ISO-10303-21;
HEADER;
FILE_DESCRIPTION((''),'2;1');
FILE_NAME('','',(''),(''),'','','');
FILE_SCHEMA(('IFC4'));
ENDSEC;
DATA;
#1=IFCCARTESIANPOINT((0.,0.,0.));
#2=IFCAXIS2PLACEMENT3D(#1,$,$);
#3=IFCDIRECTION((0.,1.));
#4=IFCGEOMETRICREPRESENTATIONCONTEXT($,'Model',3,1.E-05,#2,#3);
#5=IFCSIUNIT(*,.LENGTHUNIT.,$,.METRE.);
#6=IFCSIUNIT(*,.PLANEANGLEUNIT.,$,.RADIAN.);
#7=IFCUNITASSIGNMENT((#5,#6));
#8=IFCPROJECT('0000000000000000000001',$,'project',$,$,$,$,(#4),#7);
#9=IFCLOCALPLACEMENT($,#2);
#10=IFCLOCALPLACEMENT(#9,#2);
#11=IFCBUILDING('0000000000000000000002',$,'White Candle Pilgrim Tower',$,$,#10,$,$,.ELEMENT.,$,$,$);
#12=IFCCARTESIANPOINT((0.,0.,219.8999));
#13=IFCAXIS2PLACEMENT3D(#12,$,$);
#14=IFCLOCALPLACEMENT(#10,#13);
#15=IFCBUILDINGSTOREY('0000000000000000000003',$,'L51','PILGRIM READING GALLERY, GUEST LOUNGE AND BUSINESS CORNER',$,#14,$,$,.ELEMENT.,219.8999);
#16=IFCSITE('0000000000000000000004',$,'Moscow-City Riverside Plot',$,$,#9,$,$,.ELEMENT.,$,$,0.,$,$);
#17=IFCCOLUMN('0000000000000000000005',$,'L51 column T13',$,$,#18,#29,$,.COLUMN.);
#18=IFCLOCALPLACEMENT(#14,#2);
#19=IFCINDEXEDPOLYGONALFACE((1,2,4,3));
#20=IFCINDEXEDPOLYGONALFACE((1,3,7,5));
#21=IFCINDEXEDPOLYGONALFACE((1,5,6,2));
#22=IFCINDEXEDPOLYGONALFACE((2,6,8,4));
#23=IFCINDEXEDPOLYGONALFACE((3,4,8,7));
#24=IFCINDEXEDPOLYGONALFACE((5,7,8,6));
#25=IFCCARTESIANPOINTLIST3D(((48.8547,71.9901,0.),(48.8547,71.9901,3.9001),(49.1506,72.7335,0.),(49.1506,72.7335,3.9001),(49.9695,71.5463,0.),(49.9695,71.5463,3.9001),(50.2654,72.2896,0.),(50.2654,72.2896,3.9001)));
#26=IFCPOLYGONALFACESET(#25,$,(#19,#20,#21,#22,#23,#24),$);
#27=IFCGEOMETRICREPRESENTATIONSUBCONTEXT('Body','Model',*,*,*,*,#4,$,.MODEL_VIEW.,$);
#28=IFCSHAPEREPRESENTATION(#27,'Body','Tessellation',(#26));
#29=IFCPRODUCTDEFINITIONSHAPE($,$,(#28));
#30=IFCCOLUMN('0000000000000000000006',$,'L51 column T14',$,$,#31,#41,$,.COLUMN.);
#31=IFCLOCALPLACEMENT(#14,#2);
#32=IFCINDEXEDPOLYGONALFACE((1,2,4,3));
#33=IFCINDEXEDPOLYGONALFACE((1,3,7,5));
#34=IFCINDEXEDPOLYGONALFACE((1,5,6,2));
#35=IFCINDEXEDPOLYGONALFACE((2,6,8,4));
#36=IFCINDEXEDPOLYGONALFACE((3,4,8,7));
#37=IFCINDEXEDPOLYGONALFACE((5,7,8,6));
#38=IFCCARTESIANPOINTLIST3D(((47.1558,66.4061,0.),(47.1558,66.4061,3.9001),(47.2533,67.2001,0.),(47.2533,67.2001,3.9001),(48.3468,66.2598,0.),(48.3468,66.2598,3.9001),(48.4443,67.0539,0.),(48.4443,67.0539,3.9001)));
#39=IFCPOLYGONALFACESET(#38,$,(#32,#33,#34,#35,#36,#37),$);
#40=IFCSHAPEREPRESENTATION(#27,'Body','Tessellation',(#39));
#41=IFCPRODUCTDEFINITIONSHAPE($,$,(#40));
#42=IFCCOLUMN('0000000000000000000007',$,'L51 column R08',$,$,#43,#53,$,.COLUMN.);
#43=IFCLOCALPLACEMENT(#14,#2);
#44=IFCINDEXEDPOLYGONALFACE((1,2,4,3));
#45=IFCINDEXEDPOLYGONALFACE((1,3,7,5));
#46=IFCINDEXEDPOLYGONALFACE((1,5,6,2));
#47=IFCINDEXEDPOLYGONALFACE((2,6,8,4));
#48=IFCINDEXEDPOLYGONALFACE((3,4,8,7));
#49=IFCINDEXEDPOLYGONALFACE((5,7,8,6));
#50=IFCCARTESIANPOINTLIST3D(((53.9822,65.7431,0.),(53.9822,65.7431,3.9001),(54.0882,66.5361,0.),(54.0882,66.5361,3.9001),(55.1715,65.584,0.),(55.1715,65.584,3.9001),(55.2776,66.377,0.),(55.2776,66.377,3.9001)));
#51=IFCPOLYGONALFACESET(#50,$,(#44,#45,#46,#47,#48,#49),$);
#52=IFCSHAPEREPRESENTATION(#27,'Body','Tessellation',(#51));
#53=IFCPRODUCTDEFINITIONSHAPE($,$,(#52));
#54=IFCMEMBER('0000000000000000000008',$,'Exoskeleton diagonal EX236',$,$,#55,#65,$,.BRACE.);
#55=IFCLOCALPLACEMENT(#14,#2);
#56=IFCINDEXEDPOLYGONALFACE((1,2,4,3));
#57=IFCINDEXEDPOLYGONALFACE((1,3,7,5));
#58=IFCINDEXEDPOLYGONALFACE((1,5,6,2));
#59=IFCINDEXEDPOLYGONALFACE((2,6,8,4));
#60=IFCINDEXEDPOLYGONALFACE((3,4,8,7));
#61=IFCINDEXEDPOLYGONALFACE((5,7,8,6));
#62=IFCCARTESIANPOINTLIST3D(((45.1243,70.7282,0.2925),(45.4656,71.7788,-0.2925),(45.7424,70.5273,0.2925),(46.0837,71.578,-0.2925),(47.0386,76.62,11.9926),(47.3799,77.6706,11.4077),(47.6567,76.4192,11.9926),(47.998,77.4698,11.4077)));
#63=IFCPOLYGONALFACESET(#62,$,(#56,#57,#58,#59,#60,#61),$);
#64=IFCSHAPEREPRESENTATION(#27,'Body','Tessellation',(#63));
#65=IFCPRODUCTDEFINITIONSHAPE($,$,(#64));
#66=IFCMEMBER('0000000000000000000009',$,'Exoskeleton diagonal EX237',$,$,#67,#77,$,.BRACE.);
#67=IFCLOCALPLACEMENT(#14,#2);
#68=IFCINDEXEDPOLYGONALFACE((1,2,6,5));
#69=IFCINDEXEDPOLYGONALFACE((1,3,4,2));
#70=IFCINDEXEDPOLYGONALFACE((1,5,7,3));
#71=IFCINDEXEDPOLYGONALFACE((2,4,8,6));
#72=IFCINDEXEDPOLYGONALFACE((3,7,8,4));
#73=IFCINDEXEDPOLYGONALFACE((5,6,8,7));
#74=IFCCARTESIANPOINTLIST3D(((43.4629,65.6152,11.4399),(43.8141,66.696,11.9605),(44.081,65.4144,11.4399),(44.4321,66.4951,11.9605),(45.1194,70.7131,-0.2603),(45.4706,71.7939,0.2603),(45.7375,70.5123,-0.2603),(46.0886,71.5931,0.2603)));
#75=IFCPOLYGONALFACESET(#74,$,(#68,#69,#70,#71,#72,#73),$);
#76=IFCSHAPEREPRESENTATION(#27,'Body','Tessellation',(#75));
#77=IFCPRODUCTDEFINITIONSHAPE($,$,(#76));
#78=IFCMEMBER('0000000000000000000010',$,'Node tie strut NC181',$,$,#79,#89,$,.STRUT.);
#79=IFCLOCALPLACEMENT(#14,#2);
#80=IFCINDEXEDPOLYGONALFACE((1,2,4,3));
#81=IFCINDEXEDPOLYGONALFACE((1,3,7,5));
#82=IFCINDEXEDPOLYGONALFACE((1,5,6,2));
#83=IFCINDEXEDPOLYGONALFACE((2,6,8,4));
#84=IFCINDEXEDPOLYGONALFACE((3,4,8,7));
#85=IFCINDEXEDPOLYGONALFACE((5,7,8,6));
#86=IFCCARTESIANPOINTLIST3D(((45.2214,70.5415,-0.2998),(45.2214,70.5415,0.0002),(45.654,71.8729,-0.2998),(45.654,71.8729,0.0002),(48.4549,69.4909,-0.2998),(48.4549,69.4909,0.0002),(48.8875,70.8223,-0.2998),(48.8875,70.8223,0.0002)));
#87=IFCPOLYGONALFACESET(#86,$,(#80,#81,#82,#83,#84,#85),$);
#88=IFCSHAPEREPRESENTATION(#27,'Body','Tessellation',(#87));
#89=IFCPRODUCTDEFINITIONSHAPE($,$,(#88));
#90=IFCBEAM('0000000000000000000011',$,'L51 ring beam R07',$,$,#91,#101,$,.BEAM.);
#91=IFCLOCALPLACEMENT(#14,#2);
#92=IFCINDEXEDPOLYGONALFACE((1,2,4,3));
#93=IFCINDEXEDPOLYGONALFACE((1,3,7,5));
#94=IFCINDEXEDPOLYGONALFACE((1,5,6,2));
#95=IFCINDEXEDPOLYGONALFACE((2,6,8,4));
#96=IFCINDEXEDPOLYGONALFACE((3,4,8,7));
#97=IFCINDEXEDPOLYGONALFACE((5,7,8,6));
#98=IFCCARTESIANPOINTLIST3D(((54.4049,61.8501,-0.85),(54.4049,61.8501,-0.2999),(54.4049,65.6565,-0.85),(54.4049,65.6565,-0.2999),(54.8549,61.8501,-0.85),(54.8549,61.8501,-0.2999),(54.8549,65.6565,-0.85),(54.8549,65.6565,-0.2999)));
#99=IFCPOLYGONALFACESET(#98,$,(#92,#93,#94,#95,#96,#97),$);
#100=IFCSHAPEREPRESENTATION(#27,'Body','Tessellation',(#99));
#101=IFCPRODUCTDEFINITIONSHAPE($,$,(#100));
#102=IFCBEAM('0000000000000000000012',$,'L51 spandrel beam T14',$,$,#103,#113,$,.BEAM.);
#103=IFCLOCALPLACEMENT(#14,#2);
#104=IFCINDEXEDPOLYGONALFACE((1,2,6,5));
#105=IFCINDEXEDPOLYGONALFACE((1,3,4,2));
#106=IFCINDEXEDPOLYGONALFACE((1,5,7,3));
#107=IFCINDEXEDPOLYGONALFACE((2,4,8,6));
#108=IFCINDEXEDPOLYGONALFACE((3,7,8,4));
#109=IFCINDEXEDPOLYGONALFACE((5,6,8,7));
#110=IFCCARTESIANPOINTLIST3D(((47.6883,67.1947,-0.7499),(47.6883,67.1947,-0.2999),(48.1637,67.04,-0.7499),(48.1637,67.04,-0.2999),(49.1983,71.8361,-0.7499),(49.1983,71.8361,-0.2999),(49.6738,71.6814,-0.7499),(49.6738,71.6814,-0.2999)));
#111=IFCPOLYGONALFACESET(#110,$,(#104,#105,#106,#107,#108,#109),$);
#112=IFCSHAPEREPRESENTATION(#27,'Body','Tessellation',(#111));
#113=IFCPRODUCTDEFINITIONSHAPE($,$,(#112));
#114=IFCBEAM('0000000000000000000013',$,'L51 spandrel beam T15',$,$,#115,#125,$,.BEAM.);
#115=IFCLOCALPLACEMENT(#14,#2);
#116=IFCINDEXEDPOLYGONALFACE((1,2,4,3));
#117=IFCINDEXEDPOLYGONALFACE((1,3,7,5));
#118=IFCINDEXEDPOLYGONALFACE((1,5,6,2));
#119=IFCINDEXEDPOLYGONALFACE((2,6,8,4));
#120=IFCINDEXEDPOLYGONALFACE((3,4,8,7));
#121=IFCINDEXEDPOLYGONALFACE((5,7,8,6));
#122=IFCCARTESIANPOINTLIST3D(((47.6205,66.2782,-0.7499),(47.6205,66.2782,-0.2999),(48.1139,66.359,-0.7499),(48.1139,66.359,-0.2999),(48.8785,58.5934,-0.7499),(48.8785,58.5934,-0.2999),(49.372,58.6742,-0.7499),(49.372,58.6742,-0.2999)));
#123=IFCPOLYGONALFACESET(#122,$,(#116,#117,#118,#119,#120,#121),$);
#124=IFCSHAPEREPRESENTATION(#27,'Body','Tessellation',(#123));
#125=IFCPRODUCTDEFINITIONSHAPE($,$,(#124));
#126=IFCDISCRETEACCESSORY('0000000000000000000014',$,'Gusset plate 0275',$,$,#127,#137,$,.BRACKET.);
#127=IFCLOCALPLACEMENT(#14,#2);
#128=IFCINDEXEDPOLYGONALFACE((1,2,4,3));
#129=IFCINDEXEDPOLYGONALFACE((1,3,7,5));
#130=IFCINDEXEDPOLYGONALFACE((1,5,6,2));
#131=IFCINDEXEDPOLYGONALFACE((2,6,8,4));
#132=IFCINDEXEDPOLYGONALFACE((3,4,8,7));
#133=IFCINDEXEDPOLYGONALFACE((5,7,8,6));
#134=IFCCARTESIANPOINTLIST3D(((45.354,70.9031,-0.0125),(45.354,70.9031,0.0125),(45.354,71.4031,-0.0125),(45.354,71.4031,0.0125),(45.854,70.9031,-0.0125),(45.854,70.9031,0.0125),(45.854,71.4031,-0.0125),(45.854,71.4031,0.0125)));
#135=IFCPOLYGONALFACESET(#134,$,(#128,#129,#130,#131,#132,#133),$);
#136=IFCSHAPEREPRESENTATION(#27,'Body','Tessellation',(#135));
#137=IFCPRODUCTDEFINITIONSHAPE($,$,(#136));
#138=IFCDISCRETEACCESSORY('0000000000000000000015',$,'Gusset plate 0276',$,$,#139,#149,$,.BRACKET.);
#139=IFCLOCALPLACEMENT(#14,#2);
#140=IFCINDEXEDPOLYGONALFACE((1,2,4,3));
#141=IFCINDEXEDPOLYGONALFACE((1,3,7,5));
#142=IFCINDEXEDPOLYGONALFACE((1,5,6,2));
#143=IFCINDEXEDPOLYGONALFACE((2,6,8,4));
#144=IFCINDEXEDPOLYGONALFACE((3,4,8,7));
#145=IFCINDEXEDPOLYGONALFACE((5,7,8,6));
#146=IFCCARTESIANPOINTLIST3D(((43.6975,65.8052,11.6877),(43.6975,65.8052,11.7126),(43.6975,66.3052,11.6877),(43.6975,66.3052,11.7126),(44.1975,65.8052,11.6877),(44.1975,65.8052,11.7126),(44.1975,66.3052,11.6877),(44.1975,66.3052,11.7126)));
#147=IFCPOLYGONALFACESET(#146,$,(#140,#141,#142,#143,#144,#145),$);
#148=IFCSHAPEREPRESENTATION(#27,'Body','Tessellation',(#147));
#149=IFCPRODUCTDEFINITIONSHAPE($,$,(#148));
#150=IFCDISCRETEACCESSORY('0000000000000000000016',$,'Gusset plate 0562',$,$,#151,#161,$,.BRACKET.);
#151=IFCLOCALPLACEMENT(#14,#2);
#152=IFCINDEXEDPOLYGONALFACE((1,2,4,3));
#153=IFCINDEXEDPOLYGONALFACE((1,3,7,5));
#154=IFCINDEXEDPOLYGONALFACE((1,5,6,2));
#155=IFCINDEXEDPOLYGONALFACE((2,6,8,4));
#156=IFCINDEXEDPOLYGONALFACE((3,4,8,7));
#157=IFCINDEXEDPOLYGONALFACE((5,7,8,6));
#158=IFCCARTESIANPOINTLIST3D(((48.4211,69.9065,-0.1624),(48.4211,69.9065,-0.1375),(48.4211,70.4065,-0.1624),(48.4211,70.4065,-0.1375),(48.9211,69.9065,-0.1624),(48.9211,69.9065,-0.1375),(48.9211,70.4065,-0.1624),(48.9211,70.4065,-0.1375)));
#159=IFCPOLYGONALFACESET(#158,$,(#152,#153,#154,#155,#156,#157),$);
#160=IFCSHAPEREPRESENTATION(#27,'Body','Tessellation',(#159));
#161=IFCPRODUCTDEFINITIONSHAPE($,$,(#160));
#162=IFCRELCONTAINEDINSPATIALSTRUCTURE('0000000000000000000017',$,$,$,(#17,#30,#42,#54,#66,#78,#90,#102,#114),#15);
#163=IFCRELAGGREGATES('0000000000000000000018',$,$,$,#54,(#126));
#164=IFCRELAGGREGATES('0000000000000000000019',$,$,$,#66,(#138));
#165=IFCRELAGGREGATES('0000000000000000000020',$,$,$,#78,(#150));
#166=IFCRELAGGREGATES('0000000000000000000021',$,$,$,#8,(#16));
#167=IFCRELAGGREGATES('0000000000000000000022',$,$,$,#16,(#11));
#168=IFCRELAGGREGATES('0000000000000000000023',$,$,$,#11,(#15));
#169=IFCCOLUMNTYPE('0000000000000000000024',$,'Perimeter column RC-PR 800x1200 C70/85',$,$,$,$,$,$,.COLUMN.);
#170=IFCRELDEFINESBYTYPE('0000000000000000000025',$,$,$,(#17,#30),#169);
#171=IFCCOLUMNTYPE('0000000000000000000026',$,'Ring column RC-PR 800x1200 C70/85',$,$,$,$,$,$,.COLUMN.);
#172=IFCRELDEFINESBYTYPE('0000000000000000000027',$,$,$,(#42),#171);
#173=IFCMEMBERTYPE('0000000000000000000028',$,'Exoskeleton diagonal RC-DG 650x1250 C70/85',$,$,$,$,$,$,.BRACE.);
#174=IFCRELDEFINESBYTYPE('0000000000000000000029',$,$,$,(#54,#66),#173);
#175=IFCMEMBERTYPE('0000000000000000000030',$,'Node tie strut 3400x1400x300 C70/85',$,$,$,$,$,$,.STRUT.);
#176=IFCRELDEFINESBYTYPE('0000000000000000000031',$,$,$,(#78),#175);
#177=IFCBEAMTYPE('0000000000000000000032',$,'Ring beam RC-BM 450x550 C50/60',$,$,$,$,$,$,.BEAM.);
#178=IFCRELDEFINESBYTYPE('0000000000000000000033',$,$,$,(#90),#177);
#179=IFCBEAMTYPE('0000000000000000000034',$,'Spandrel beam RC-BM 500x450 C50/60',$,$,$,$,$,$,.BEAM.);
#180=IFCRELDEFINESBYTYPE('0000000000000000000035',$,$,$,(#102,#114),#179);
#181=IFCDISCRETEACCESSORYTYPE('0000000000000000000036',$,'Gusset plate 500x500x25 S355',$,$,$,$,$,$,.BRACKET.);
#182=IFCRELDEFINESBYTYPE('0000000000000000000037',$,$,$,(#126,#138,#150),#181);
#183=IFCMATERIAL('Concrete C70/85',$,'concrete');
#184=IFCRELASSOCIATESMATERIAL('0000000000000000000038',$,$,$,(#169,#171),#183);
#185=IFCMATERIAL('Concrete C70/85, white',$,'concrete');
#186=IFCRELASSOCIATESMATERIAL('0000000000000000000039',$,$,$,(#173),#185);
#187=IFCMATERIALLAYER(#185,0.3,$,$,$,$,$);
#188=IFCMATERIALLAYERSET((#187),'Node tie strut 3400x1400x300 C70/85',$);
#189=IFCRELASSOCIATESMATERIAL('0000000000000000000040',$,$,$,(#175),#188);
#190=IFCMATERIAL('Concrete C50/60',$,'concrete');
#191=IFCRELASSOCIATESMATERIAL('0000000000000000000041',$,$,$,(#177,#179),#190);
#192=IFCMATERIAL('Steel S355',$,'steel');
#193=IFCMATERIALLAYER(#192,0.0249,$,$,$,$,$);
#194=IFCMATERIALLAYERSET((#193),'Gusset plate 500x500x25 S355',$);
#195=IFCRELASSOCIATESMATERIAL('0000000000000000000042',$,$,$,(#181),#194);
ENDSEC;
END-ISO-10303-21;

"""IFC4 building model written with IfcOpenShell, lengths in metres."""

from ifc_helpers import new_model, si_unit, direction, frame, origin, origin_2d, place, context, subcontext, project, spatial, rectangle, extrude, material, layer, layer_set, material_profile, profile_set, type_object, element, aggregate, save


model = new_model("IFC4")

# Units and contexts
model_context = context("Model", 3, precision=1e-05, world=origin(), true_north=direction((0.0, 1.0)))
body_context = subcontext(model_context, "Body", "Model", "MODEL_VIEW")
ifc_project = project(units=[si_unit("LENGTHUNIT", "METRE"), si_unit("PLANEANGLEUNIT", "RADIAN")], contexts=[model_context])

# Site, building, storey
site_placement = place(None, origin())
site = spatial("IfcSite", under=ifc_project, at=site_placement, Name="Moscow-City Riverside Plot", CompositionType="ELEMENT", RefElevation=0.0)
building_placement = place(site_placement, origin())
building = spatial("IfcBuilding", under=site, at=building_placement, Name="White Candle Pilgrim Tower", CompositionType="ELEMENT")
storey_placement = place(building_placement, frame((0.0, 0.0, 219.8999)))
storey = spatial("IfcBuildingStorey", under=building, at=storey_placement, Name="L51", Description="PILGRIM READING GALLERY, GUEST LOUNGE AND BUSINESS CORNER", CompositionType="ELEMENT", Elevation=219.8999)

# Columns
ifc_material_1 = material(Name="Concrete C70/85", Category="concrete")
ifc_material_profile_1 = material_profile(ifc_material_1, rectangle(XDim=0.8, YDim=1.2, at=origin_2d()), Name="RC-PR 800x1200")
ifc_profile_set_1 = profile_set([ifc_material_profile_1], Name="Concrete C70/85")
column_type_1 = type_object("IfcColumnType", Name="Perimeter column RC-PR 800x1200 C70/85", PredefinedType="COLUMN", material=ifc_profile_set_1)
for number, where, z_axis, x_axis, name in (
    (1, (49.5601, 72.1399, 0.0), (0.0, 0.0, 1.0), (0.36986, 0.929087, 0.0), "L51 column T13"),
    (2, (47.8, 66.73, 0.0), (0.0, 0.0, 1.0), (0.121869, 0.992546, 0.0), "L51 column T14"),
):
    element("IfcColumn", number, at=place(storey_placement, frame(where, z_axis=z_axis, x_axis=x_axis)), inside=storey, type_object=column_type_1, Name=name, PredefinedType="COLUMN", context=body_context, shape_type="SweptSolid", body=[
        extrude(rectangle(XDim=0.8, YDim=1.2, at=origin_2d()), origin(), (0.0, 0.0, 1.0), 3.9001),
    ])
ifc_material_profile_2 = material_profile(ifc_material_1, rectangle(XDim=0.8, YDim=1.2, at=origin_2d()), Name="RC-PR 800x1200")
ifc_profile_set_2 = profile_set([ifc_material_profile_2], Name="Concrete C70/85")
column_type_2 = type_object("IfcColumnType", Name="Ring column RC-PR 800x1200 C70/85", PredefinedType="COLUMN", material=ifc_profile_set_2)
column_placement = place(storey_placement, frame((54.6299, 66.0601, 0.0), z_axis=(0.0, 0.0, 1.0), x_axis=(0.132602, 0.991169, 0.0)))
element("IfcColumn", 3, at=column_placement, inside=storey, type_object=column_type_2, Name="L51 column R08", PredefinedType="COLUMN", context=body_context, shape_type="SweptSolid", body=[
    extrude(rectangle(XDim=0.8, YDim=1.2, at=origin_2d()), origin(), (0.0, 0.0, 1.0), 3.9001),
])

# Members
ifc_material_2 = material(Name="Concrete C70/85, white", Category="concrete")
ifc_material_profile_3 = material_profile(ifc_material_2, rectangle(XDim=0.6499, YDim=1.25, at=origin_2d()), Name="RC-DG 650x1250")
ifc_profile_set_3 = profile_set([ifc_material_profile_3], Name="Concrete C70/85, white")
member_type_1 = type_object("IfcMemberType", Name="Exoskeleton diagonal RC-DG 650x1250 C70/85", PredefinedType="BRACE", material=ifc_profile_set_3)
member_1_placement = place(storey_placement, frame((45.604, 71.1531, 0.0), z_axis=(0.144595, 0.445035, 0.883763), x_axis=(-0.95106, 0.309007, 0.0)))
member_1 = element("IfcMember", 4, at=member_1_placement, inside=storey, type_object=member_type_1, Name="Exoskeleton diagonal EX236", PredefinedType="BRACE", context=body_context, shape_type="SweptSolid", body=[
    extrude(rectangle(XDim=0.6499, YDim=1.25, at=origin_2d()), origin(), (0.0, 0.0, 1.0), 13.239),
])
member_2_placement = place(storey_placement, frame((45.604, 71.1531, 0.0), z_axis=(-0.128714, -0.396119, 0.909133), x_axis=(0.951052, -0.309031, 0.0)))
member_2 = element("IfcMember", 5, at=member_2_placement, inside=storey, type_object=member_type_1, Name="Exoskeleton diagonal EX237", PredefinedType="BRACE", context=body_context, shape_type="SweptSolid", body=[
    extrude(rectangle(XDim=0.6499, YDim=1.25, at=origin_2d()), origin(), (0.0, 0.0, 1.0), 12.8696),
])
ifc_layer_1 = layer(ifc_material_2, 0.3)
ifc_layer_set_1 = layer_set([ifc_layer_1], Name="Node tie strut 3400x1400x300 C70/85")
member_type_2 = type_object("IfcMemberType", Name="Node tie strut 3400x1400x300 C70/85", PredefinedType="STRUT", material=ifc_layer_set_1)
member_3_placement = place(storey_placement, frame((47.0544, 70.6819, -0.2998), z_axis=(0.0, 0.0, 1.0), x_axis=(-0.309017, -0.951057, 0.0)))
member_3 = element("IfcMember", 6, at=member_3_placement, inside=storey, type_object=member_type_2, Name="Node tie strut NC181", PredefinedType="STRUT", context=body_context, shape_type="SweptSolid", body=[
    extrude(rectangle(XDim=1.3999, YDim=3.3999, at=origin_2d()), origin(), (0.0, 0.0, 1.0), 0.3),
])

# Beams
ifc_material_3 = material(Name="Concrete C50/60", Category="concrete")
ifc_material_profile_4 = material_profile(ifc_material_3, rectangle(XDim=0.45, YDim=0.55, at=origin_2d()), Name="RC-BM 450x550")
ifc_profile_set_4 = profile_set([ifc_material_profile_4], Name="Concrete C50/60")
beam_type_1 = type_object("IfcBeamType", Name="Ring beam RC-BM 450x550 C50/60", PredefinedType="BEAM", material=ifc_profile_set_4)
beam_1_placement = place(storey_placement, frame((54.6299, 65.6565, -0.575), z_axis=(0.0, -1.0, 0.0), x_axis=(1.0, 0.0, 0.0)))
element("IfcBeam", 7, at=beam_1_placement, inside=storey, type_object=beam_type_1, Name="L51 ring beam R07", PredefinedType="BEAM", context=body_context, shape_type="SweptSolid", body=[
    extrude(rectangle(XDim=0.45, YDim=0.55, at=origin_2d()), origin(), (0.0, 0.0, 1.0), 3.8064),
])
ifc_material_profile_5 = material_profile(ifc_material_3, rectangle(XDim=0.5, YDim=0.45, at=origin_2d()), Name="RC-BM 500x450")
ifc_profile_set_5 = profile_set([ifc_material_profile_5], Name="Concrete C50/60")
beam_type_2 = type_object("IfcBeamType", Name="Spandrel beam RC-BM 500x450 C50/60", PredefinedType="BEAM", material=ifc_profile_set_5)
beam_2_placement = place(storey_placement, frame((49.436, 71.7588, -0.5249), z_axis=(-0.309377, -0.95094, 0.0), x_axis=(0.95094, -0.309377, 0.0)))
element("IfcBeam", 8, at=beam_2_placement, inside=storey, type_object=beam_type_2, Name="L51 spandrel beam T14", PredefinedType="BEAM", context=body_context, shape_type="SweptSolid", body=[
    extrude(rectangle(XDim=0.5, YDim=0.45, at=origin_2d()), origin(), (0.0, 0.0, 1.0), 4.8809),
])
beam_3_placement = place(storey_placement, frame((47.8672, 66.3186, -0.5249), z_axis=(0.161556, -0.986863, 0.0), x_axis=(0.986863, 0.161556, 0.0)))
element("IfcBeam", 9, at=beam_3_placement, inside=storey, type_object=beam_type_2, Name="L51 spandrel beam T15", PredefinedType="BEAM", context=body_context, shape_type="SweptSolid", body=[
    extrude(rectangle(XDim=0.5, YDim=0.45, at=origin_2d()), origin(), (0.0, 0.0, 1.0), 7.7871),
])

# Discrete accessories
ifc_material_4 = material(Name="Steel S355", Category="steel")
ifc_layer_2 = layer(ifc_material_4, 0.0249)
ifc_layer_set_2 = layer_set([ifc_layer_2], Name="Gusset plate 500x500x25 S355")
discrete_accessory_type = type_object("IfcDiscreteAccessoryType", Name="Gusset plate 500x500x25 S355", PredefinedType="BRACKET", material=ifc_layer_set_2)
discrete_accessory_1_placement = place(storey_placement, frame((45.604, 71.1531, -0.0125), z_axis=(0.0, 0.0, 1.0), x_axis=(1.0, 0.0, 0.0)))
discrete_accessory_1 = element("IfcDiscreteAccessory", 10, at=discrete_accessory_1_placement, type_object=discrete_accessory_type, Name="Gusset plate 0275", PredefinedType="BRACKET", context=body_context, shape_type="SweptSolid", body=[
    extrude(rectangle(XDim=0.5, YDim=0.5, at=origin_2d()), origin(), (0.0, 0.0, 1.0), 0.0249),
])
aggregate(member_1, [discrete_accessory_1])
placement = place(building_placement, frame((0.0, 0.0, 231.6001)))
discrete_accessory_2_placement = place(placement, frame((43.9475, 66.0552, -0.0125), z_axis=(0.0, 0.0, 1.0), x_axis=(1.0, 0.0, 0.0)))
discrete_accessory_2 = element("IfcDiscreteAccessory", 11, at=discrete_accessory_2_placement, type_object=discrete_accessory_type, Name="Gusset plate 0276", PredefinedType="BRACKET", context=body_context, shape_type="SweptSolid", body=[
    extrude(rectangle(XDim=0.5, YDim=0.5, at=origin_2d()), origin(), (0.0, 0.0, 1.0), 0.0249),
])
aggregate(member_2, [discrete_accessory_2])
discrete_accessory_3_placement = place(storey_placement, frame((48.6711, 70.1565, -0.1624), z_axis=(0.0, 0.0, 1.0), x_axis=(1.0, 0.0, 0.0)))
discrete_accessory_3 = element("IfcDiscreteAccessory", 12, at=discrete_accessory_3_placement, type_object=discrete_accessory_type, Name="Gusset plate 0562", PredefinedType="BRACKET", context=body_context, shape_type="SweptSolid", body=[
    extrude(rectangle(XDim=0.5, YDim=0.5, at=origin_2d()), origin(), (0.0, 0.0, 1.0), 0.0249),
])
aggregate(member_3, [discrete_accessory_3])

save(model, "model.ifc")
